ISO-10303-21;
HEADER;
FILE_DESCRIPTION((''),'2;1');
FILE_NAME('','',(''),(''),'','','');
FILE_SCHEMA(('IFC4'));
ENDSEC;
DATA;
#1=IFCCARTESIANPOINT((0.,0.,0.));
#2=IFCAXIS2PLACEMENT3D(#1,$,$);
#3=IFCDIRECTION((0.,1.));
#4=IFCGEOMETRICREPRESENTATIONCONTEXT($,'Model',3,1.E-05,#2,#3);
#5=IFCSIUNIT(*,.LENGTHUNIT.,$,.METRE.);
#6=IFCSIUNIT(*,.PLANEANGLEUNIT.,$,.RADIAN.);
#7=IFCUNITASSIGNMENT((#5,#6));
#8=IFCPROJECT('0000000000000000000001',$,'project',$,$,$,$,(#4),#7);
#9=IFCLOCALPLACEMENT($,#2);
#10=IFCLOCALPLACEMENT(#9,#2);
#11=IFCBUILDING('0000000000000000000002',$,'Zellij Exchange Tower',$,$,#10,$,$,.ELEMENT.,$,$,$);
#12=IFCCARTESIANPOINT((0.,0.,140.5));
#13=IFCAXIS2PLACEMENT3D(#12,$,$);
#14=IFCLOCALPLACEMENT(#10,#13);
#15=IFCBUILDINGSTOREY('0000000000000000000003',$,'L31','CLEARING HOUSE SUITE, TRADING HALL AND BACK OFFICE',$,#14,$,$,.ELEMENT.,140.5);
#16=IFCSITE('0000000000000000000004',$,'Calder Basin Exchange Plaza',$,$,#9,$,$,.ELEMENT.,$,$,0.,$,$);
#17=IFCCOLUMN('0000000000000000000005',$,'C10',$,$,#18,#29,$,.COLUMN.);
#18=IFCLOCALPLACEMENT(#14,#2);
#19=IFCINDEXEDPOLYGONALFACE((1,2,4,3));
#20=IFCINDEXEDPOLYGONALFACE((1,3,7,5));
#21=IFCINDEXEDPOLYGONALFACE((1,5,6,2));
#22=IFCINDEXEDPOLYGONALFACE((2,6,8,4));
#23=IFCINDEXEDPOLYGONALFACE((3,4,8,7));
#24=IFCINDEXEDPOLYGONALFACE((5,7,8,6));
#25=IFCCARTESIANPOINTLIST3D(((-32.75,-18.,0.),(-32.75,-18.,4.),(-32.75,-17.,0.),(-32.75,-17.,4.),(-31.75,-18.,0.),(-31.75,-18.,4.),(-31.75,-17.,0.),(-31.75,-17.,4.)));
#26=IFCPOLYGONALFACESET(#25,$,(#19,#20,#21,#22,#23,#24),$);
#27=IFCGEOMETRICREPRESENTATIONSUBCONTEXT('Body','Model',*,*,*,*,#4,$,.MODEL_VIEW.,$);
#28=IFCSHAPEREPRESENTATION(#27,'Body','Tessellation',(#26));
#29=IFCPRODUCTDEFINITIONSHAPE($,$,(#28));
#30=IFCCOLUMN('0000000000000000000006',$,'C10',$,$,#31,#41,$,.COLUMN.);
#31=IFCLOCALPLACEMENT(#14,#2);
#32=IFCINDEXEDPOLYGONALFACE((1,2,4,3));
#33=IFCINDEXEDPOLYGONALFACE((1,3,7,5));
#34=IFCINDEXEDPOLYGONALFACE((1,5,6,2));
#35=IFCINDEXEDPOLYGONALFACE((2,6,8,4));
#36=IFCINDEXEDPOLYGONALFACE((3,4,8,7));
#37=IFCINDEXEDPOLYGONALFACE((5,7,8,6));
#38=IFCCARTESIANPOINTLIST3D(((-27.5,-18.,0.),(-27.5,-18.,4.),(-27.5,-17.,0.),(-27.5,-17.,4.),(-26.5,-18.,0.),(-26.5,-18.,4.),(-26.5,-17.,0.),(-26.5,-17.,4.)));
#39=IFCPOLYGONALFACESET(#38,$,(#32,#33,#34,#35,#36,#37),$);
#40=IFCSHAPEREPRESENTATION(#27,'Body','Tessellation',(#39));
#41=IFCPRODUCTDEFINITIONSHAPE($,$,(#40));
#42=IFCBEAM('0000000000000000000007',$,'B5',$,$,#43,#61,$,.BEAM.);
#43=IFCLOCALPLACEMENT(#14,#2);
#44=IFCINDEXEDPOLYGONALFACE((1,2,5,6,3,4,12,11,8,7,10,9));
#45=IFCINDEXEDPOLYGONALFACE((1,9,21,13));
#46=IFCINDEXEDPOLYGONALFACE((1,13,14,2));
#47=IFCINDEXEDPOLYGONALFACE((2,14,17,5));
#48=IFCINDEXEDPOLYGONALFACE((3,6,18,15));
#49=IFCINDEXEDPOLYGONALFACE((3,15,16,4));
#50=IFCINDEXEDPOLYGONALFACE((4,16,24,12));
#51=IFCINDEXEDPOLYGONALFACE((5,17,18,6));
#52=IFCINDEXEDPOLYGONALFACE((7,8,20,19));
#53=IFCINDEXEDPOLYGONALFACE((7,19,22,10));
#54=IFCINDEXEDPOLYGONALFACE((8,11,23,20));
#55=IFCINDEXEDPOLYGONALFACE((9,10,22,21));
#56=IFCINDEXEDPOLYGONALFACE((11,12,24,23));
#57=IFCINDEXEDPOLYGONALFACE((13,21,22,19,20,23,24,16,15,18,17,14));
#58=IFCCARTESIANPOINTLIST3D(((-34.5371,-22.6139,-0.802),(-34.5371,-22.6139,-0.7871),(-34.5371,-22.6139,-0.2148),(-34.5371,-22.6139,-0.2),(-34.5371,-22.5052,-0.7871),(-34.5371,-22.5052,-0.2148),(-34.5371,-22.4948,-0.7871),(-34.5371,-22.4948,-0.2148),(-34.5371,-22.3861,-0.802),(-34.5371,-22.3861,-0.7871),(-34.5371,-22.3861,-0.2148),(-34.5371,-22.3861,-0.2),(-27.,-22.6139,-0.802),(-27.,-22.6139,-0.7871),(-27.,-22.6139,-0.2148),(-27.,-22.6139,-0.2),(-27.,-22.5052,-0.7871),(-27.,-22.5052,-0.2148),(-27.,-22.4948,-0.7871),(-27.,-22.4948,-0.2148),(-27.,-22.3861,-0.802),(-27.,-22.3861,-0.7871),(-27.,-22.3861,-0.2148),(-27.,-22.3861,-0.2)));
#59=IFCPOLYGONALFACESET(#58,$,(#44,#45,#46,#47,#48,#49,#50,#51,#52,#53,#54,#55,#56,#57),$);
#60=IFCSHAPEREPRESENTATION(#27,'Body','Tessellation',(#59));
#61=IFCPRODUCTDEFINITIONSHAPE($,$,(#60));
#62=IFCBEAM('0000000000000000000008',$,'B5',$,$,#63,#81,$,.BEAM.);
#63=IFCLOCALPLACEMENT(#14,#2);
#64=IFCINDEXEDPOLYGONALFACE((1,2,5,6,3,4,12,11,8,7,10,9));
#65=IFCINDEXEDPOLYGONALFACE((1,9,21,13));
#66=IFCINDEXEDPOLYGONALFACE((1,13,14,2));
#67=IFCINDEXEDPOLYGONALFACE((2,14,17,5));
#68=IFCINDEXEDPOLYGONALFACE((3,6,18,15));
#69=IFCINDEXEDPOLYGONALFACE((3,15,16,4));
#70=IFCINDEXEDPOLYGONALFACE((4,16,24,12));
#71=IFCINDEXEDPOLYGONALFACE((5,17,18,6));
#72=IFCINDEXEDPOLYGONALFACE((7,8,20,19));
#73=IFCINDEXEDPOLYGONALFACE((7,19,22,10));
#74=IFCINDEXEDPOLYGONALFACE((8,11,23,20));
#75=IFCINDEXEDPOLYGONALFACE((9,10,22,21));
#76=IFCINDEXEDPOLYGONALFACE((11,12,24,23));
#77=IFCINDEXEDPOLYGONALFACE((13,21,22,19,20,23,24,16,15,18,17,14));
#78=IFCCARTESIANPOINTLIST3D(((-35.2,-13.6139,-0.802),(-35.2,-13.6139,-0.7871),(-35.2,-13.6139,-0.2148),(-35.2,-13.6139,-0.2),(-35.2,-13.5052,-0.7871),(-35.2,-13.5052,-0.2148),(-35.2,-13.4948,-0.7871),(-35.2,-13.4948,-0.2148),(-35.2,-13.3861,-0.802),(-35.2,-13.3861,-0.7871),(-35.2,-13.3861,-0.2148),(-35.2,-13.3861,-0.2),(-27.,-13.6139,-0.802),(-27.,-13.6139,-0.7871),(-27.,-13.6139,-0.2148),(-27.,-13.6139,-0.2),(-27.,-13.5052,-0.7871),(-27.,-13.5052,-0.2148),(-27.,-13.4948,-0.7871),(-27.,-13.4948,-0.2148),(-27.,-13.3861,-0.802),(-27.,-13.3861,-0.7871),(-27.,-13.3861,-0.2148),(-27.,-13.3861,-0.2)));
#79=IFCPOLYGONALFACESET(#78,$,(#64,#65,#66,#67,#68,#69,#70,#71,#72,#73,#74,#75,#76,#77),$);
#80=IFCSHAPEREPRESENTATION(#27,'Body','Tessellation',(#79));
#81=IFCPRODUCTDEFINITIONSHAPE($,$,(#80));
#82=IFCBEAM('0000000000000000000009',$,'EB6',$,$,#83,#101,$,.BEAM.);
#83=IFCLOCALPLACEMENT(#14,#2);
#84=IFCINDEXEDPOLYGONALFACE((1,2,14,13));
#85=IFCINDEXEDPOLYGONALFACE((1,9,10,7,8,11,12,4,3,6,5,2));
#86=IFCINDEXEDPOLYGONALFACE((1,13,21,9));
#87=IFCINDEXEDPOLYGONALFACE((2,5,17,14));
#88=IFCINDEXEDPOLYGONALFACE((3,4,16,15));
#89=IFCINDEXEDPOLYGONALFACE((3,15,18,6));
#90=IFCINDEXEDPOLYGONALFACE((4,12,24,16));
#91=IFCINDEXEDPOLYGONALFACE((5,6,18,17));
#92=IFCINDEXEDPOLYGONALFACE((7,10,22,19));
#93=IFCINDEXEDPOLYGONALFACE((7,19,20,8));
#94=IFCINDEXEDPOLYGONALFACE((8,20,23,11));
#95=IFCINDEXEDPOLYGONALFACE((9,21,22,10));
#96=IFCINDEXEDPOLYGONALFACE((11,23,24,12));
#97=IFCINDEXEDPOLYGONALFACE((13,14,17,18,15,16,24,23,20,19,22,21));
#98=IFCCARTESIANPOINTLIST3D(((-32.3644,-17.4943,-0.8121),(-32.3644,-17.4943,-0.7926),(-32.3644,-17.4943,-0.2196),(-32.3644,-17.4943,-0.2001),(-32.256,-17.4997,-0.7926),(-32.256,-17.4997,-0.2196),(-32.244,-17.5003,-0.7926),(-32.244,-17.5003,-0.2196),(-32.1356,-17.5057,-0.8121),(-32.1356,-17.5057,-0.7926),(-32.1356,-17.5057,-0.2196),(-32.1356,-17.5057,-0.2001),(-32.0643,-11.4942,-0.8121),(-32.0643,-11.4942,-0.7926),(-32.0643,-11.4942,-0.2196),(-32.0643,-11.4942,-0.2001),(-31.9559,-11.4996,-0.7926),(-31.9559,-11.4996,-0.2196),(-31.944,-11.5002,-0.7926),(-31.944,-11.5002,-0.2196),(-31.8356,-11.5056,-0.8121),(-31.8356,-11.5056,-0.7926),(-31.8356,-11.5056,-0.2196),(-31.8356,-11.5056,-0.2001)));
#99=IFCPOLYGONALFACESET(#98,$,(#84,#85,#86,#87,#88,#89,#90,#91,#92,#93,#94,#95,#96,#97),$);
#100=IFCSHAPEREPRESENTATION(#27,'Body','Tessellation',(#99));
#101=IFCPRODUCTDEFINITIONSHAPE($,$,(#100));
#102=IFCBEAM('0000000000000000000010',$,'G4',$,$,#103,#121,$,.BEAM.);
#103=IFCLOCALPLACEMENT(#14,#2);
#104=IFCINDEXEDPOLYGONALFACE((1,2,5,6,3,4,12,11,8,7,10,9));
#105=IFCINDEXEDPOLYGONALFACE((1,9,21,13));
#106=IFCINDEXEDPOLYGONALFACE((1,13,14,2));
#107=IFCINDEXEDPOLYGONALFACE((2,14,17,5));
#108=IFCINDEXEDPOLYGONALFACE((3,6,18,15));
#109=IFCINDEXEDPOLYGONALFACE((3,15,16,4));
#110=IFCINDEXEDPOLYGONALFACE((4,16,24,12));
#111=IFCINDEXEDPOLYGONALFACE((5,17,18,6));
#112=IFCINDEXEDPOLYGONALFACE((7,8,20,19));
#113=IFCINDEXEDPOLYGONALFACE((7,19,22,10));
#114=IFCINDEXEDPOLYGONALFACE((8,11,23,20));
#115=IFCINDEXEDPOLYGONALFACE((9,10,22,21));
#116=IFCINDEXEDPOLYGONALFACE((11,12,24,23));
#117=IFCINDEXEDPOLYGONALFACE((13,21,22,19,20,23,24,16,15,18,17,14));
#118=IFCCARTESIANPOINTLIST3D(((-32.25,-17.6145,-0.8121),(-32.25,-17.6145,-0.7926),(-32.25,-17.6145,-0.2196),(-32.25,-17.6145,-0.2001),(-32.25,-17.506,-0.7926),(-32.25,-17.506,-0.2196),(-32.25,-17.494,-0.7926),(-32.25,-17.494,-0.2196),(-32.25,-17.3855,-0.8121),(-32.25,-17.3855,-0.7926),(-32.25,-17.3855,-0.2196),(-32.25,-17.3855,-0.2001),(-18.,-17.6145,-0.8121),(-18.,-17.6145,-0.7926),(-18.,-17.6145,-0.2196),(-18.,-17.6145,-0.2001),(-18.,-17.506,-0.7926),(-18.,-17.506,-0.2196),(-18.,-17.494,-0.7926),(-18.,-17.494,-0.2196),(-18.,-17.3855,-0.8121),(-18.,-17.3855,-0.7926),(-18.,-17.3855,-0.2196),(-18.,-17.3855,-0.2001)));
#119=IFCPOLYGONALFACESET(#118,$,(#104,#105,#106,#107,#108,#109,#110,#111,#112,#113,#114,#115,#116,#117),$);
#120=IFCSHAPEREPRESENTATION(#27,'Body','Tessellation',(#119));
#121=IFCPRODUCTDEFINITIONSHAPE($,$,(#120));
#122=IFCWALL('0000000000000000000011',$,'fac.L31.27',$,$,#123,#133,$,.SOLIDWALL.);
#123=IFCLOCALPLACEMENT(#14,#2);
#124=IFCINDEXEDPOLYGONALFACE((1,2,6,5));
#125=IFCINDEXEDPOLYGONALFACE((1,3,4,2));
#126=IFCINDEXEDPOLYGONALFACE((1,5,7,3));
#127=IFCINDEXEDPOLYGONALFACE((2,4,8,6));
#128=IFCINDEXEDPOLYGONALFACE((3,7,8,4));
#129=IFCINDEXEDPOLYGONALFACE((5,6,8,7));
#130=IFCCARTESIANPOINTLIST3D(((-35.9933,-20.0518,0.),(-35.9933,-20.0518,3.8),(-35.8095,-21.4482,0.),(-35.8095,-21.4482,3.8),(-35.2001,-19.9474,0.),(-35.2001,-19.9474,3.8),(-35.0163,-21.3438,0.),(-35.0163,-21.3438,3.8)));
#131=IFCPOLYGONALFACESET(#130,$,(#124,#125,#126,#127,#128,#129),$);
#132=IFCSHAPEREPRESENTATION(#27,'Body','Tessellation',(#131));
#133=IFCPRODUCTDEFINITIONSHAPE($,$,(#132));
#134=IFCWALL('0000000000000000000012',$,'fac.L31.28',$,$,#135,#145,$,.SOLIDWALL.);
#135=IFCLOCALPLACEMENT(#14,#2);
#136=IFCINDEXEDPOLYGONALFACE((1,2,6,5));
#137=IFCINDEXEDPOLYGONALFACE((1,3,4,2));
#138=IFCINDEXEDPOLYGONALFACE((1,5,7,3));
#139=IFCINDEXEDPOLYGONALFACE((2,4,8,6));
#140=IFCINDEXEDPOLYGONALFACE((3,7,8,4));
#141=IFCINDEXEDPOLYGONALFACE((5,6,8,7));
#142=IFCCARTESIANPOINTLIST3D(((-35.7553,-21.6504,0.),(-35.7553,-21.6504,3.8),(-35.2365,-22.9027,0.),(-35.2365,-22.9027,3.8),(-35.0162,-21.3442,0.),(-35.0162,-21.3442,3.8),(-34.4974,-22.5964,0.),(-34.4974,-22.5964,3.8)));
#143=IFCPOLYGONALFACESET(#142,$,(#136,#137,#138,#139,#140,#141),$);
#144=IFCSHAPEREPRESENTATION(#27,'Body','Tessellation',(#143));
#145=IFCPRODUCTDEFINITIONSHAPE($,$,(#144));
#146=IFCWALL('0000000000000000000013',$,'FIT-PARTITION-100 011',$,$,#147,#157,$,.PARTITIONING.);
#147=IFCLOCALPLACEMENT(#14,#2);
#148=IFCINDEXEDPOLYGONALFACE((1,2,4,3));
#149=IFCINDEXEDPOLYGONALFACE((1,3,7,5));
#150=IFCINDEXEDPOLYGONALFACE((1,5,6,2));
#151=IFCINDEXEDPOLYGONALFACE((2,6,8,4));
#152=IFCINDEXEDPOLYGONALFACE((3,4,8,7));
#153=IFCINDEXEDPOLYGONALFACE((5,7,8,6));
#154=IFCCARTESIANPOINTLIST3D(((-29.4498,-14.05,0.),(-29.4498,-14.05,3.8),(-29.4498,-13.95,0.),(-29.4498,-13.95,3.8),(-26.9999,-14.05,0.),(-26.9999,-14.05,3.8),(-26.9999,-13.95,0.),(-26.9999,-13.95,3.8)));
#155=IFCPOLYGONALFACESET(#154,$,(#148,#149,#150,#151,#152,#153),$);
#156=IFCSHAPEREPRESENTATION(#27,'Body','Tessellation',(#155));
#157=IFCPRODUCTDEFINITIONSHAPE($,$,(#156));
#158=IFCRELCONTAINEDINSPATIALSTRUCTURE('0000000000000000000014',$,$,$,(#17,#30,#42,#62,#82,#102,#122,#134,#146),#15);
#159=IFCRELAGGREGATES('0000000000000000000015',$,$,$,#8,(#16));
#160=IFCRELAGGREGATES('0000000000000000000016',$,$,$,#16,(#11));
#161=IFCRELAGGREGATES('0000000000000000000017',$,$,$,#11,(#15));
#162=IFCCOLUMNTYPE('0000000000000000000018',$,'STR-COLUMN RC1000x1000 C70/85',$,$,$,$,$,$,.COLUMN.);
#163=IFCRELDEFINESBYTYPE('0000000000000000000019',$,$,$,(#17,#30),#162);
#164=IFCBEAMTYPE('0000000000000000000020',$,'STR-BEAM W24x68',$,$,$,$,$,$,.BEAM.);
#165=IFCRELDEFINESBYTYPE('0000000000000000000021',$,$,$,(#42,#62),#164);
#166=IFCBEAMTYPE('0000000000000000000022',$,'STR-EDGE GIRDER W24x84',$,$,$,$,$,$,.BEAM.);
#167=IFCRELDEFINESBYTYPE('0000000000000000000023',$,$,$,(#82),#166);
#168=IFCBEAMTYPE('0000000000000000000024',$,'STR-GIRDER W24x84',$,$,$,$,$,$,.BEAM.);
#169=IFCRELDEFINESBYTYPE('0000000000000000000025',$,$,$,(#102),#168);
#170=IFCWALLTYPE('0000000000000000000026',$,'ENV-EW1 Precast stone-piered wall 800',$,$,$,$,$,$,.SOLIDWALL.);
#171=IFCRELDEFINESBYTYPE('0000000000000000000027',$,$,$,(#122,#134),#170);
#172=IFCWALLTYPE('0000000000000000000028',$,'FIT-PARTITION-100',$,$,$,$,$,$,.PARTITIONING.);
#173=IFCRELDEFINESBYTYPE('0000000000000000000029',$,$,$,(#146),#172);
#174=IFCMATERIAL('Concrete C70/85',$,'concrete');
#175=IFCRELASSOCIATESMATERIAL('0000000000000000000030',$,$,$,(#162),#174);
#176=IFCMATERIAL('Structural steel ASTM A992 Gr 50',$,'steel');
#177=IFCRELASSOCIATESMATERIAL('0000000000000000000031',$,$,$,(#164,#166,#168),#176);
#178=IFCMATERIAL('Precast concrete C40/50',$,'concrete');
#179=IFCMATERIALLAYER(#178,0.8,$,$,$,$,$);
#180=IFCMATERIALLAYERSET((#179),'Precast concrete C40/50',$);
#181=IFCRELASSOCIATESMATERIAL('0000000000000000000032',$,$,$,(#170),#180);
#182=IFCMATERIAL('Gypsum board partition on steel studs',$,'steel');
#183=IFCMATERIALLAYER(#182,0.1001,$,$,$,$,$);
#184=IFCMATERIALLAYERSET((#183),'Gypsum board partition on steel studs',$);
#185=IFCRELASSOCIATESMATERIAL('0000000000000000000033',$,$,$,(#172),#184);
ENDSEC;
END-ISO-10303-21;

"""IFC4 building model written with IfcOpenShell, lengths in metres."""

from ifc_helpers import new_model, si_unit, direction, frame, frame_2d, origin, origin_2d, place, context, subcontext, project, spatial, rectangle, i_section, extrude, material, layer, layer_set, material_profile, profile_set, type_object, element, save


model = new_model("IFC4")

# Units and contexts
model_context = context("Model", 3, precision=1e-05, world=origin(), true_north=direction((0.0, 1.0)))
body_context = subcontext(model_context, "Body", "Model", "MODEL_VIEW")
ifc_project = project(units=[si_unit("LENGTHUNIT", "METRE"), si_unit("PLANEANGLEUNIT", "RADIAN")], contexts=[model_context])

# Site, building, storey
site_placement = place(None, origin())
site = spatial("IfcSite", under=ifc_project, at=site_placement, Name="Calder Basin Exchange Plaza", CompositionType="ELEMENT", RefElevation=0.0)
building_placement = place(site_placement, origin())
building = spatial("IfcBuilding", under=site, at=building_placement, Name="Zellij Exchange Tower", CompositionType="ELEMENT")
storey_placement = place(building_placement, frame((0.0, 0.0, 140.5)))
storey = spatial("IfcBuildingStorey", under=building, at=storey_placement, Name="L31", Description="CLEARING HOUSE SUITE, TRADING HALL AND BACK OFFICE", CompositionType="ELEMENT", Elevation=140.5)

# Columns
ifc_material_1 = material(Name="Concrete C70/85", Category="concrete")
ifc_material_profile_1 = material_profile(ifc_material_1, rectangle(XDim=1.0, YDim=1.0, at=origin_2d()), Name="STR-COLUMN RC1000x1000 C70/85")
ifc_profile_set_1 = profile_set([ifc_material_profile_1], Name="Concrete C70/85")
column_type = type_object("IfcColumnType", Name="STR-COLUMN RC1000x1000 C70/85", PredefinedType="COLUMN", material=ifc_profile_set_1)
for number, where, z_axis, x_axis, name in (
    (1, (-32.25, -17.5, 0.0), (0.0, 0.0, 1.0), (1.0, 0.0, 0.0), "C10"),
    (2, (-27.0, -17.5, 0.0), (0.0, 0.0, 1.0), (1.0, 0.0, 0.0), "C10"),
):
    element("IfcColumn", number, at=place(storey_placement, frame(where, z_axis=z_axis, x_axis=x_axis)), inside=storey, type_object=column_type, Name=name, PredefinedType="COLUMN", context=body_context, shape_type="SweptSolid", body=[
        extrude(rectangle(XDim=1.0, YDim=1.0, at=origin_2d()), origin(), (0.0, 0.0, 1.0), 4.0),
    ])

# Beams
ifc_material_2 = material(Name="Structural steel ASTM A992 Gr 50", Category="steel")
ifc_material_profile_2 = material_profile(ifc_material_2, i_section(OverallWidth=0.2278, OverallDepth=0.6021, WebThickness=0.0105, FlangeThickness=0.0149, at=origin_2d()), Name="W24x68")
ifc_profile_set_2 = profile_set([ifc_material_profile_2], Name="Structural steel ASTM A992 Gr 50")
beam_type_1 = type_object("IfcBeamType", Name="STR-BEAM W24x68", PredefinedType="BEAM", material=ifc_profile_set_2)
beam_1_placement = place(storey_placement, frame((-34.5371, -22.5, -0.501), z_axis=(1.0, 0.0, 0.0), x_axis=(0.0, 1.0, 0.0)))
element("IfcBeam", 3, at=beam_1_placement, inside=storey, type_object=beam_type_1, Name="B5", PredefinedType="BEAM", context=body_context, shape_type="SweptSolid", body=[
    extrude(i_section(OverallWidth=0.2278, OverallDepth=0.6021, WebThickness=0.0105, FlangeThickness=0.0149, at=origin_2d()), origin(), (0.0, 0.0, 1.0), 7.5371),
])
beam_2_placement = place(storey_placement, frame((-35.2, -13.5, -0.501), z_axis=(1.0, 0.0, 0.0), x_axis=(0.0, 1.0, 0.0)))
element("IfcBeam", 4, at=beam_2_placement, inside=storey, type_object=beam_type_1, Name="B5", PredefinedType="BEAM", context=body_context, shape_type="SweptSolid", body=[
    extrude(i_section(OverallWidth=0.2278, OverallDepth=0.6021, WebThickness=0.0105, FlangeThickness=0.0149, at=origin_2d()), origin(), (0.0, 0.0, 1.0), 8.2),
])
ifc_material_profile_3 = material_profile(ifc_material_2, i_section(OverallWidth=0.229, OverallDepth=0.6121, WebThickness=0.012, FlangeThickness=0.0195, at=origin_2d()), Name="W24x84")
ifc_profile_set_3 = profile_set([ifc_material_profile_3], Name="Structural steel ASTM A992 Gr 50")
beam_type_2 = type_object("IfcBeamType", Name="STR-EDGE GIRDER W24x84", PredefinedType="BEAM", material=ifc_profile_set_3)
beam_3_placement = place(storey_placement, frame((-32.25, -17.5, -0.5061), z_axis=(0.049946, 0.998752, 0.0), x_axis=(-0.998752, 0.049946, 0.0)))
element("IfcBeam", 5, at=beam_3_placement, inside=storey, type_object=beam_type_2, Name="EB6", PredefinedType="BEAM", context=body_context, shape_type="SweptSolid", body=[
    extrude(i_section(OverallWidth=0.229, OverallDepth=0.6121, WebThickness=0.012, FlangeThickness=0.0195, at=origin_2d()), origin(), (0.0, 0.0, 1.0), 6.0076),
])
ifc_material_profile_4 = material_profile(ifc_material_2, i_section(OverallWidth=0.229, OverallDepth=0.6121, WebThickness=0.012, FlangeThickness=0.0195, at=origin_2d()), Name="W24x84")
ifc_profile_set_4 = profile_set([ifc_material_profile_4], Name="Structural steel ASTM A992 Gr 50")
beam_type_3 = type_object("IfcBeamType", Name="STR-GIRDER W24x84", PredefinedType="BEAM", material=ifc_profile_set_4)
beam_4_placement = place(storey_placement, frame((-32.25, -17.5, -0.5061), z_axis=(1.0, 0.0, 0.0), x_axis=(0.0, 1.0, 0.0)))
element("IfcBeam", 6, at=beam_4_placement, inside=storey, type_object=beam_type_3, Name="G4", PredefinedType="BEAM", context=body_context, shape_type="SweptSolid", body=[
    extrude(i_section(OverallWidth=0.229, OverallDepth=0.6121, WebThickness=0.012, FlangeThickness=0.0195, at=origin_2d()), origin(), (0.0, 0.0, 1.0), 14.25),
])

# Walls
ifc_material_3 = material(Name="Precast concrete C40/50", Category="concrete")
ifc_layer_1 = layer(ifc_material_3, 0.8)
ifc_layer_set_1 = layer_set([ifc_layer_1], Name="Precast concrete C40/50")
wall_type_1 = type_object("IfcWallType", Name="ENV-EW1 Precast stone-piered wall 800", PredefinedType="SOLIDWALL", material=ifc_layer_set_1)
wall_1_placement = place(storey_placement, frame((-35.5967, -19.9998, 0.0), z_axis=(0.0, 0.0, 1.0), x_axis=(0.130517, -0.991446, 0.0)))
element("IfcWall", 7, at=wall_1_placement, inside=storey, type_object=wall_type_1, Name="fac.L31.27", PredefinedType="SOLIDWALL", context=body_context, shape_type="SweptSolid", body=[
    extrude(rectangle(XDim=1.4084, YDim=0.8, at=frame_2d((0.7041, 0.0))), origin(), (0.0, 0.0, 1.0), 3.8),
])
wall_2_placement = place(storey_placement, frame((-35.3857, -21.4973, 0.0), z_axis=(0.0, 0.0, 1.0), x_axis=(0.38276, -0.923848, 0.0)))
element("IfcWall", 8, at=wall_2_placement, inside=storey, type_object=wall_type_1, Name="fac.L31.28", PredefinedType="SOLIDWALL", context=body_context, shape_type="SweptSolid", body=[
    extrude(rectangle(XDim=1.3555, YDim=0.8, at=frame_2d((0.6777, 0.0))), origin(), (0.0, 0.0, 1.0), 3.8),
])
ifc_material_4 = material(Name="Gypsum board partition on steel studs", Category="steel")
ifc_layer_2 = layer(ifc_material_4, 0.1001)
ifc_layer_set_2 = layer_set([ifc_layer_2], Name="Gypsum board partition on steel studs")
wall_type_2 = type_object("IfcWallType", Name="FIT-PARTITION-100", PredefinedType="PARTITIONING", material=ifc_layer_set_2)
wall_3_placement = place(storey_placement, frame((-29.45, -14.0, 0.0), z_axis=(0.0, 0.0, 1.0), x_axis=(1.0, 0.0, 0.0)))
element("IfcWall", 9, at=wall_3_placement, inside=storey, type_object=wall_type_2, Name="FIT-PARTITION-100 011", PredefinedType="PARTITIONING", context=body_context, shape_type="SweptSolid", body=[
    extrude(rectangle(XDim=2.45, YDim=0.1001, at=frame_2d((1.2251, 0.0))), origin(), (0.0, 0.0, 1.0), 3.8),
])

save(model, "model.ifc")
